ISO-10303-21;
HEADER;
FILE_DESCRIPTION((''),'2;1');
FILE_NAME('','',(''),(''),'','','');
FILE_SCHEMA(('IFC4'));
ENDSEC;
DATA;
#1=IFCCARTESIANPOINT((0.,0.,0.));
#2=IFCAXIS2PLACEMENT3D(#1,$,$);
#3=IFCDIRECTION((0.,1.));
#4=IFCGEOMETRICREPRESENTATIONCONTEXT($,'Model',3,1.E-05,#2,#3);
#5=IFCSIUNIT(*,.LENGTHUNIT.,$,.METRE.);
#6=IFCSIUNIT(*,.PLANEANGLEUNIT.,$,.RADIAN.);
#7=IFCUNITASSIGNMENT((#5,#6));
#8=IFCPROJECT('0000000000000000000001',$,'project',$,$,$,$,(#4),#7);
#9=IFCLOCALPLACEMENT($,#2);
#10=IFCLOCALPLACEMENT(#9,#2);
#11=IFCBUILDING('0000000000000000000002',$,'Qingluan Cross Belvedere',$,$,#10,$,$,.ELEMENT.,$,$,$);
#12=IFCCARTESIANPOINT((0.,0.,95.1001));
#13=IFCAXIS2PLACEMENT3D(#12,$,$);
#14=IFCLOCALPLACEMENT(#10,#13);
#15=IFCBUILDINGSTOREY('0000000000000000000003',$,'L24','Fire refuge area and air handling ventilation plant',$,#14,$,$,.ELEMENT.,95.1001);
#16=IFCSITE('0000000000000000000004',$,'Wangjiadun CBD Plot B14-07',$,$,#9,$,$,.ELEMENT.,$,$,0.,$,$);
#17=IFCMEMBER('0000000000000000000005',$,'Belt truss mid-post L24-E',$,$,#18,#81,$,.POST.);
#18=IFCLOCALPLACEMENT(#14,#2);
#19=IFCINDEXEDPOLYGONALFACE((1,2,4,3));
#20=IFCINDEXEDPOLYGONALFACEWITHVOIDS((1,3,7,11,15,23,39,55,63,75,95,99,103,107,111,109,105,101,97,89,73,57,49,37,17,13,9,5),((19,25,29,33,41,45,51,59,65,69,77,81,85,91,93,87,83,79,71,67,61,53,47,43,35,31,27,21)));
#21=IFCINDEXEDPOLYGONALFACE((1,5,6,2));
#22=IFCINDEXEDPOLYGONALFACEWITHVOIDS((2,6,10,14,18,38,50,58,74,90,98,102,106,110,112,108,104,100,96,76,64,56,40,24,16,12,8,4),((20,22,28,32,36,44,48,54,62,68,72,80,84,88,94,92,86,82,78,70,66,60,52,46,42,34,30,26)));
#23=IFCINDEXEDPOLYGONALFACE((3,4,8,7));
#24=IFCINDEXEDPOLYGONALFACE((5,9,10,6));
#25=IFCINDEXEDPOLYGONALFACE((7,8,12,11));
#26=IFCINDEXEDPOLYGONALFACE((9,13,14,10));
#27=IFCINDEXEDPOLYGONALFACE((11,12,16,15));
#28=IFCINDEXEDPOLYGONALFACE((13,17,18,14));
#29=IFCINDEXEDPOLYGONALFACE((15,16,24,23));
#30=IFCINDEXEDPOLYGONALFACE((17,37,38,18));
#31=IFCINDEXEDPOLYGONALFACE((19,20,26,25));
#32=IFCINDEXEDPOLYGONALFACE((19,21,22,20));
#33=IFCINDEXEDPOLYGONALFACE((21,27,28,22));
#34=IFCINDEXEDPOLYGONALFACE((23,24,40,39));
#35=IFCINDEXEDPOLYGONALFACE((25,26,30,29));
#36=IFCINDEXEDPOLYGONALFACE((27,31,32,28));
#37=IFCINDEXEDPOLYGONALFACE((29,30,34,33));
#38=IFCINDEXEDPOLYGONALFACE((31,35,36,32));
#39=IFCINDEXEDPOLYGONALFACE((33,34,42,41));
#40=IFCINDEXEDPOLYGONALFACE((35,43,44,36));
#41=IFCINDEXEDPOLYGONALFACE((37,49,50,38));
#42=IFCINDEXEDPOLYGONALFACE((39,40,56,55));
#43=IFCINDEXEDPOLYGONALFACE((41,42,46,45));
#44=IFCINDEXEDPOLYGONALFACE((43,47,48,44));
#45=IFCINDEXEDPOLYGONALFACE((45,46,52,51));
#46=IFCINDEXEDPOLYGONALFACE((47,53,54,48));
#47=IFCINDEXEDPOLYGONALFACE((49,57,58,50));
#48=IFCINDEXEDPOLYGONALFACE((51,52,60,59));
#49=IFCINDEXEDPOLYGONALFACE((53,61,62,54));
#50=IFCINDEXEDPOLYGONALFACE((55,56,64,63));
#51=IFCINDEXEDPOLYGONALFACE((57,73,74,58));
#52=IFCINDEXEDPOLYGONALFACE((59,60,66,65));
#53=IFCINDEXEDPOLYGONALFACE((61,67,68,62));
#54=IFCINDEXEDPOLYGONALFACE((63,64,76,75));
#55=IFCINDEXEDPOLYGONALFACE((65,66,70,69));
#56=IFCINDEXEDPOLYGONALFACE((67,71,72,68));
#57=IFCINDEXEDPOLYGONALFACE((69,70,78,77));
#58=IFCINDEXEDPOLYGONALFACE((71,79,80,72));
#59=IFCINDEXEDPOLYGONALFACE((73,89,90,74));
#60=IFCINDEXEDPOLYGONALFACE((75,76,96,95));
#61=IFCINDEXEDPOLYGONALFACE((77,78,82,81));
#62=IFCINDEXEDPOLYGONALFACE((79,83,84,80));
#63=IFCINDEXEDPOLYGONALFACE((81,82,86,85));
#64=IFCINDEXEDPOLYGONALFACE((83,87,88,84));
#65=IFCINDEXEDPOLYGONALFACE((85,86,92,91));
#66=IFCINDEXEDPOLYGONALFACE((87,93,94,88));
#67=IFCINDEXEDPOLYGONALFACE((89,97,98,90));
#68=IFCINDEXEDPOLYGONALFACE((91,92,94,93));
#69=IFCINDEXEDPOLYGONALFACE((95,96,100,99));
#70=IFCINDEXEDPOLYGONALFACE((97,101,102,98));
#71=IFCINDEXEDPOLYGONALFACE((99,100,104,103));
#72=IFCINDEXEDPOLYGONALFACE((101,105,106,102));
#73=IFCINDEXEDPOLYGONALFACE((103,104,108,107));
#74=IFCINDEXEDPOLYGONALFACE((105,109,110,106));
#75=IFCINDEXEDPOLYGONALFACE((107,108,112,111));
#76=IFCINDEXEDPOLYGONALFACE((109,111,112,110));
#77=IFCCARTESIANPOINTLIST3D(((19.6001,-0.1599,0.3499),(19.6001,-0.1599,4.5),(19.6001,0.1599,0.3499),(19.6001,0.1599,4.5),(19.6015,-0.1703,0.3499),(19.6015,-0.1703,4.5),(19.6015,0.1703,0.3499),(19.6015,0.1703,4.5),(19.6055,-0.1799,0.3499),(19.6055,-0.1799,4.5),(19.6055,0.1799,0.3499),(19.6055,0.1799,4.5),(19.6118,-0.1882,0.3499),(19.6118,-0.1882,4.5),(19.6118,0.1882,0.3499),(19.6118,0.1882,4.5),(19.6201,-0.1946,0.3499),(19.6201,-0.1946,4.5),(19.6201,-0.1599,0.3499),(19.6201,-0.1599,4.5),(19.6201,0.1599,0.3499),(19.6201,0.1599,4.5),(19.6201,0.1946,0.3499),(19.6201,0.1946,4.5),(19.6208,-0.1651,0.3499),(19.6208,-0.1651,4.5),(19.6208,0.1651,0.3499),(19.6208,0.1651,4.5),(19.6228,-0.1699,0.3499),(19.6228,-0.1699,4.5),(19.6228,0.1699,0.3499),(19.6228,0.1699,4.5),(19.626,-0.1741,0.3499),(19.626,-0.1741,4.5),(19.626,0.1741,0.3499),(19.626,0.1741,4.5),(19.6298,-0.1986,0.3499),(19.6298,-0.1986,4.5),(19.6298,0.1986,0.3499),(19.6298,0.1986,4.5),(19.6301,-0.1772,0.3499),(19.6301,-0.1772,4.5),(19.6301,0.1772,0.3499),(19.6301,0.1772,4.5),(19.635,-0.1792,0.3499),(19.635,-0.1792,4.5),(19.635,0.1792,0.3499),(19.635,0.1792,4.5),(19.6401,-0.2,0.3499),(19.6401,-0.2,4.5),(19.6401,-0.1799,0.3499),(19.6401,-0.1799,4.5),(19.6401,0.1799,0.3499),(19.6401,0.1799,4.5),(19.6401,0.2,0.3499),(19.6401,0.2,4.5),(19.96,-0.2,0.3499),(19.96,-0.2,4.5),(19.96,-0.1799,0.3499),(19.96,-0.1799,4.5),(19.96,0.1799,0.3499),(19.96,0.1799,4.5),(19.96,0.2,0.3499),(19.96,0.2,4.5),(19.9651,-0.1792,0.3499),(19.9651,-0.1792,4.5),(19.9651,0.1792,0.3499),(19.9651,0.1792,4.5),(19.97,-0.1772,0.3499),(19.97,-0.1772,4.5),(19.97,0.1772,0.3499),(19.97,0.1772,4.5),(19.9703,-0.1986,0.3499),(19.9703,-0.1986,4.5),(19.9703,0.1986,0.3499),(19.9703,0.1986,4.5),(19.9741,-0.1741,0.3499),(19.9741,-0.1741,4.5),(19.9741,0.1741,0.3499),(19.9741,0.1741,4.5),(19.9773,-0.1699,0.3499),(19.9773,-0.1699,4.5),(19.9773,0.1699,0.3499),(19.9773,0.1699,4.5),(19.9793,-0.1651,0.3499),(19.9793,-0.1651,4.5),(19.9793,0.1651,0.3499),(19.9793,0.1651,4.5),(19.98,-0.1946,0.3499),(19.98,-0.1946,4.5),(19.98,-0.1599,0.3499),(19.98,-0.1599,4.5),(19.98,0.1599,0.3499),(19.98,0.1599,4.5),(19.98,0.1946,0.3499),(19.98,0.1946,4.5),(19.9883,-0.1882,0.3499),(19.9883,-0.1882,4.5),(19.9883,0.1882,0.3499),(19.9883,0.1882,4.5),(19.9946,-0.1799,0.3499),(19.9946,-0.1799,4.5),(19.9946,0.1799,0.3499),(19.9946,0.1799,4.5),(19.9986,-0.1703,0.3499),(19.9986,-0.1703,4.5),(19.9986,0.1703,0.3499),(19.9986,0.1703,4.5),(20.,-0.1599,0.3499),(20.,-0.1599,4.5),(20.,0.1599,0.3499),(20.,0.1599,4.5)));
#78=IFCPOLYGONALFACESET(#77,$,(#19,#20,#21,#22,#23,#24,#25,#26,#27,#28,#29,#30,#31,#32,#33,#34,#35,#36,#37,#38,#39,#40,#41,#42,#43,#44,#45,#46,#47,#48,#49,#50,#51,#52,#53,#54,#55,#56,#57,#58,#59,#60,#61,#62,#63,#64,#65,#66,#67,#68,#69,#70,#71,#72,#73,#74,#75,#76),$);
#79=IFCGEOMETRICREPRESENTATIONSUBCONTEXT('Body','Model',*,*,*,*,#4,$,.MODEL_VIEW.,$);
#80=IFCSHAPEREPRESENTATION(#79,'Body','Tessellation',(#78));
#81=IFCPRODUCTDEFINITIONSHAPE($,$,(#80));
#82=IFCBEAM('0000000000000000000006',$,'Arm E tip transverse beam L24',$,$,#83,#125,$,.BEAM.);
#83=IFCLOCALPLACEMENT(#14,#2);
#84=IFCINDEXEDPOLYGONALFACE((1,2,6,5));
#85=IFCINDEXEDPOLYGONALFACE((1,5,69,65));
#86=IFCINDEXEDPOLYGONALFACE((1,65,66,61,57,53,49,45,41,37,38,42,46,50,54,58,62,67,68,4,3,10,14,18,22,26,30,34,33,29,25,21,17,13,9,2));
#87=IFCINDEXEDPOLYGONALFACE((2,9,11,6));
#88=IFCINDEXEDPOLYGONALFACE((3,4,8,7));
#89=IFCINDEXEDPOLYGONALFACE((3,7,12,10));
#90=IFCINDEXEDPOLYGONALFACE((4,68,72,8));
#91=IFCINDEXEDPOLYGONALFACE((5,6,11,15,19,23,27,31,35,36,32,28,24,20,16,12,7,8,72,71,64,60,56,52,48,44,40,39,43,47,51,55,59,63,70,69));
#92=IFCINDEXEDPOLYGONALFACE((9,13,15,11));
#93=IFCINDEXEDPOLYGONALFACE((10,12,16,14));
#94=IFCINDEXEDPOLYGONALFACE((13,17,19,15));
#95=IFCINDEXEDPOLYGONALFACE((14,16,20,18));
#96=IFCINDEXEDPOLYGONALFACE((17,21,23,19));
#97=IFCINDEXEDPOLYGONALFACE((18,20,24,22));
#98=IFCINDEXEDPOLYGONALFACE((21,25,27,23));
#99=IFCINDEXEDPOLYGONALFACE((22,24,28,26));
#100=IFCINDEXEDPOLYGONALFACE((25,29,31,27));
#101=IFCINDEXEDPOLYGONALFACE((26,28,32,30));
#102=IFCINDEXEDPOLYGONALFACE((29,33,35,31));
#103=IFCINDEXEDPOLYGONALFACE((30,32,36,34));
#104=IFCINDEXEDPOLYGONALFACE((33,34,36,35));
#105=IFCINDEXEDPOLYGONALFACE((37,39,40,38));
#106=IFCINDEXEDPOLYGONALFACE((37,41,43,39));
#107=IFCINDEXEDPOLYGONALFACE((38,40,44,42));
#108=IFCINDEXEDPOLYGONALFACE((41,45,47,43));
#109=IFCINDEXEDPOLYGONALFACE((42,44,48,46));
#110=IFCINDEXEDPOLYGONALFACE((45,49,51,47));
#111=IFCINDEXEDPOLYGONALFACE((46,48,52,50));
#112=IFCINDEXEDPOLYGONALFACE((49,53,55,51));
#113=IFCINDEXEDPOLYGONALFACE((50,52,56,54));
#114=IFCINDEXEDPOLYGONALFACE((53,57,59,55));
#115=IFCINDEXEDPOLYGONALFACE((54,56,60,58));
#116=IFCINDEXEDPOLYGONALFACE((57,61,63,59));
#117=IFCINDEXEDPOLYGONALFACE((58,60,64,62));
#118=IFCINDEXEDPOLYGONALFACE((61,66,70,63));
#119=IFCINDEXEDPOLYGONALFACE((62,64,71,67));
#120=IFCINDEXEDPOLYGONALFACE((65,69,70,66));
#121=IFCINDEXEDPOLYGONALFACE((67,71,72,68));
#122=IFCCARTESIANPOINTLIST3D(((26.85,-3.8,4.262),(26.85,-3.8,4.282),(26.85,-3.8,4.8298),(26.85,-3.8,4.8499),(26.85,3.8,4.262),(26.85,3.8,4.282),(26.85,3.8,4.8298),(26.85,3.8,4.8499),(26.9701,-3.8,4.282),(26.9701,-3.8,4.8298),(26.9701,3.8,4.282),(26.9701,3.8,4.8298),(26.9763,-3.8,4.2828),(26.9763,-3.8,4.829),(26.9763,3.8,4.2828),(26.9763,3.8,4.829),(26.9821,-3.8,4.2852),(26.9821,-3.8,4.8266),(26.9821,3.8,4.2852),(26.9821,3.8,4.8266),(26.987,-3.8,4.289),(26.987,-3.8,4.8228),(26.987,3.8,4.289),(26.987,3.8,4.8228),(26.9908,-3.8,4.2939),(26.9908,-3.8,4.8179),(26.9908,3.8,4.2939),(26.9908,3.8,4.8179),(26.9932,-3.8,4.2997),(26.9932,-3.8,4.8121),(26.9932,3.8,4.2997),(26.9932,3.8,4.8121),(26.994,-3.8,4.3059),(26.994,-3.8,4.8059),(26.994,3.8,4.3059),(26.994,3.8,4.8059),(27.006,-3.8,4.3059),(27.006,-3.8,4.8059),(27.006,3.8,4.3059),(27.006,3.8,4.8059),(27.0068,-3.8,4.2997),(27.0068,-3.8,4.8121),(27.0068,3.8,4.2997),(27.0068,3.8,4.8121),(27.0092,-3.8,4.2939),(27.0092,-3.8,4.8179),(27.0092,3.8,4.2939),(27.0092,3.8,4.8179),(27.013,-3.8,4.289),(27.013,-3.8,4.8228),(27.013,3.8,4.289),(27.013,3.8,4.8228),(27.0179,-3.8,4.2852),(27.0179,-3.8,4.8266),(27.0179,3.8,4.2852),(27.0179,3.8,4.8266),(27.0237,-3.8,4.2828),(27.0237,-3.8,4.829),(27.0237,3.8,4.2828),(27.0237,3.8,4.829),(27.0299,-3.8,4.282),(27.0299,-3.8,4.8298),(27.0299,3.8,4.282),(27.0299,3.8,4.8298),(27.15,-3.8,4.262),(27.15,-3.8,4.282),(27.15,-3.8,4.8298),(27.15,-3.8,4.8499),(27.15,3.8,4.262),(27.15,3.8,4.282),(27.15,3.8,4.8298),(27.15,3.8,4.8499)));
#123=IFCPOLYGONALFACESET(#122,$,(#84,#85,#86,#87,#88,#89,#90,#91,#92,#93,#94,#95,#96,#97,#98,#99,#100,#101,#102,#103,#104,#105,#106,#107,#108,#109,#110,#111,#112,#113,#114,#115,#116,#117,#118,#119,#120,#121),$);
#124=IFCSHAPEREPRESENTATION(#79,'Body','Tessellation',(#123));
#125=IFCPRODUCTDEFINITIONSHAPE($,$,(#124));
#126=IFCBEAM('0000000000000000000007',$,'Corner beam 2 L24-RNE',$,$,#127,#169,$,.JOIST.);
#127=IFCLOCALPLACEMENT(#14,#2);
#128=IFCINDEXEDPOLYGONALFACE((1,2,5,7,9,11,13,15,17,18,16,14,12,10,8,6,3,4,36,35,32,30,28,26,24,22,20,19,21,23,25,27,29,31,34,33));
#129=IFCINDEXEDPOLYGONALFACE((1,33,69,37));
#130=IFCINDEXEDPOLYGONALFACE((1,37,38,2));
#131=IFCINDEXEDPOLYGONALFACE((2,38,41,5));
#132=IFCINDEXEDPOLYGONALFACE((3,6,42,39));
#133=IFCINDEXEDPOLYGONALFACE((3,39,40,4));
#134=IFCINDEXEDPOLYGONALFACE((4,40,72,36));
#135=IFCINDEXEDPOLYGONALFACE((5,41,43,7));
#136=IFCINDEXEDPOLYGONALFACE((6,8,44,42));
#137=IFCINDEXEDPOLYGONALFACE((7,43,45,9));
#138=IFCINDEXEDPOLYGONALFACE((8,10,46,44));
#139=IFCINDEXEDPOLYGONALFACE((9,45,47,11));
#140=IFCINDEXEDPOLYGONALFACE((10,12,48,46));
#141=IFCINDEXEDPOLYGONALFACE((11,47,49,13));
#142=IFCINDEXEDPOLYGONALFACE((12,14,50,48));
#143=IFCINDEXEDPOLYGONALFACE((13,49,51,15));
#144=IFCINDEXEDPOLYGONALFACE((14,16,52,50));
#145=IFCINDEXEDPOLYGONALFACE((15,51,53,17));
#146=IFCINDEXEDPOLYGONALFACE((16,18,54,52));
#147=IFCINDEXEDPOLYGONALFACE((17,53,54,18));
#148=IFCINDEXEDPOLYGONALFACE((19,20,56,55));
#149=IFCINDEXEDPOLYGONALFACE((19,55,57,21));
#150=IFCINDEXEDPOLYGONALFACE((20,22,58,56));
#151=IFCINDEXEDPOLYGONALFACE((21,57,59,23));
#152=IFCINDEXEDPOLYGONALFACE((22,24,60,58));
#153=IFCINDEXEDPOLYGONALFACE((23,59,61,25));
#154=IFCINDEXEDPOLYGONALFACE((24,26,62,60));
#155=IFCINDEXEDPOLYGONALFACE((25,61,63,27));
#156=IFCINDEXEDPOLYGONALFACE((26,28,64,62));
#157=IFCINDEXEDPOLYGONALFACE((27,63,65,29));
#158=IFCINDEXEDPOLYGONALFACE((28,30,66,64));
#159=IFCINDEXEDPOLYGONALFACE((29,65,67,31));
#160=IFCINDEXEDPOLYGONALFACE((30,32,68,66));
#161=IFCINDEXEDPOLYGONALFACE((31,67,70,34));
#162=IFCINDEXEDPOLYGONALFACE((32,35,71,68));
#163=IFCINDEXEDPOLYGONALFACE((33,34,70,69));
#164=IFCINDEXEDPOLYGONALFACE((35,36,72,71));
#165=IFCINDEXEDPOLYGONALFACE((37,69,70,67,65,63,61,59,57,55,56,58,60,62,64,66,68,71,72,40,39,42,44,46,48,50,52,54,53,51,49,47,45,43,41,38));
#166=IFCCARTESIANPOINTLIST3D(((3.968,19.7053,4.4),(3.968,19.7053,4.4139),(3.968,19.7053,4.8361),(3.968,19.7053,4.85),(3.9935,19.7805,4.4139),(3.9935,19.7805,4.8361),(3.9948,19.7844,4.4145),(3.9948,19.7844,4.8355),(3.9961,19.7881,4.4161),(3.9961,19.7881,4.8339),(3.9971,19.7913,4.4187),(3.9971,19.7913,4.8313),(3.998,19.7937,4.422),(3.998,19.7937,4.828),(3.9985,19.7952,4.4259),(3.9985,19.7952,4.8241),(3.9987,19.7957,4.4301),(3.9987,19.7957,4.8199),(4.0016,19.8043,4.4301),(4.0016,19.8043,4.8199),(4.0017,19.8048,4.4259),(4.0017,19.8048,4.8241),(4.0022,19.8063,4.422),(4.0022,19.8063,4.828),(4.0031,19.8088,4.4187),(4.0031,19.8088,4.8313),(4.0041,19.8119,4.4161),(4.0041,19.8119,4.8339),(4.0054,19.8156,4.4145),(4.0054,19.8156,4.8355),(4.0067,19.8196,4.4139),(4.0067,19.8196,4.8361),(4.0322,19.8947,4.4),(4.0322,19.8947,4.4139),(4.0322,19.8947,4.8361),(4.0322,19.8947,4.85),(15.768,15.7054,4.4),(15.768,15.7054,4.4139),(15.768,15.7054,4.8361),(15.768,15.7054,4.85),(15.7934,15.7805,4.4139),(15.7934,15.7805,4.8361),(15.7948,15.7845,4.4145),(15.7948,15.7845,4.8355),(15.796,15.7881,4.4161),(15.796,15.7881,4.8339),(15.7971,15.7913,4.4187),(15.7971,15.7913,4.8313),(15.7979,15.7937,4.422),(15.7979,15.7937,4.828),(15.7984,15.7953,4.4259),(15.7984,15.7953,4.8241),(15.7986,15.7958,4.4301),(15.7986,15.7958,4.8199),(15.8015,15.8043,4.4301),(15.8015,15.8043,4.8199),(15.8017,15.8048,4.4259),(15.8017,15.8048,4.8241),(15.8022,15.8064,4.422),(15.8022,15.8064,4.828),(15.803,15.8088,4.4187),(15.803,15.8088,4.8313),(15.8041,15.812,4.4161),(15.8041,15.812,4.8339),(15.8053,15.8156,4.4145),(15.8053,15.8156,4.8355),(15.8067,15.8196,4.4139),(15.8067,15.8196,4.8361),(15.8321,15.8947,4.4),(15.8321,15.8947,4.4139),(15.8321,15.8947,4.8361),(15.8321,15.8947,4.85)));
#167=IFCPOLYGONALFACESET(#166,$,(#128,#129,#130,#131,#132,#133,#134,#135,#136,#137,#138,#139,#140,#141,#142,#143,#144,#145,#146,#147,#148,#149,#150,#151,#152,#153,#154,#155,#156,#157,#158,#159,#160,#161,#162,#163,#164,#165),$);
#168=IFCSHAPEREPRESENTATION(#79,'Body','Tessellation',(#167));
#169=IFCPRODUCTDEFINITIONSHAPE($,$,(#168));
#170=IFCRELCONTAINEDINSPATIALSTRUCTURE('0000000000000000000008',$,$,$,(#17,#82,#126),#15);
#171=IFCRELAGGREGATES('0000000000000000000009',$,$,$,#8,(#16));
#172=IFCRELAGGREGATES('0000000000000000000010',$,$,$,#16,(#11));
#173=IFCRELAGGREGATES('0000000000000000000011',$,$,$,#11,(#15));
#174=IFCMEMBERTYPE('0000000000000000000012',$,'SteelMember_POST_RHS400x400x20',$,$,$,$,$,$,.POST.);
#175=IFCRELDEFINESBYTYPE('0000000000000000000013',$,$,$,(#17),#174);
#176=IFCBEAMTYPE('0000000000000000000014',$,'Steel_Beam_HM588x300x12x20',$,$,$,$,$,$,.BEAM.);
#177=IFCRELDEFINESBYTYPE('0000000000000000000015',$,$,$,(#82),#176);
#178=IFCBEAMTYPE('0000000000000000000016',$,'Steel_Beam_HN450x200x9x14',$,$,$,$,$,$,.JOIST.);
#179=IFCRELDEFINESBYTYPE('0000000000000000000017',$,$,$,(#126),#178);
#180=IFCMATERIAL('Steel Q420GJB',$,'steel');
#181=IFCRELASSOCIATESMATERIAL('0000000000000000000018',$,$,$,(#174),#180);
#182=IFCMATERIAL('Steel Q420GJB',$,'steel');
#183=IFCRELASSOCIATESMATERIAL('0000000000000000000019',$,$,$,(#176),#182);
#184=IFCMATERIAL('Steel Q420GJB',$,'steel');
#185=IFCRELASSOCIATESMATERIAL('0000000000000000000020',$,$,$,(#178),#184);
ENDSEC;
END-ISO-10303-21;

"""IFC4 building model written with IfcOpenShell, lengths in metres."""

from ifc_helpers import new_model, si_unit, direction, frame, origin, origin_2d, place, context, subcontext, project, spatial, hollow_rectangle, i_section, extrude, material, material_profile, profile_set, type_object, element, save


model = new_model("IFC4")

# Units and contexts
model_context = context("Model", 3, precision=1e-05, world=origin(), true_north=direction((0.0, 1.0)))
body_context = subcontext(model_context, "Body", "Model", "MODEL_VIEW")
ifc_project = project(units=[si_unit("LENGTHUNIT", "METRE"), si_unit("PLANEANGLEUNIT", "RADIAN")], contexts=[model_context])

# Site, building, storey
site_placement = place(None, origin())
site = spatial("IfcSite", under=ifc_project, at=site_placement, Name="Wangjiadun CBD Plot B14-07", CompositionType="ELEMENT", RefElevation=0.0)
building_placement = place(site_placement, origin())
building = spatial("IfcBuilding", under=site, at=building_placement, Name="Qingluan Cross Belvedere", CompositionType="ELEMENT")
storey_placement = place(building_placement, frame((0.0, 0.0, 95.1001)))
storey = spatial("IfcBuildingStorey", under=building, at=storey_placement, Name="L24", Description="Fire refuge area and air handling ventilation plant", CompositionType="ELEMENT", Elevation=95.1001)

# Member
ifc_material_1 = material(Name="Steel Q420GJB", Category="steel")
ifc_material_profile_1 = material_profile(ifc_material_1, hollow_rectangle(XDim=0.3999, YDim=0.3999, WallThickness=0.02, InnerFilletRadius=0.02, OuterFilletRadius=0.04, at=origin_2d()), Name="RHS400x400x20")
ifc_profile_set_1 = profile_set([ifc_material_profile_1], Name="Steel Q420GJB")
member_type_1 = type_object("IfcMemberType", Name="SteelMember_POST_RHS400x400x20", PredefinedType="POST", material=ifc_profile_set_1)
member_1_placement = place(storey_placement, frame((19.8, 0.0, 0.3499), z_axis=(0.0, 0.0, 1.0), x_axis=(1.0, 0.0, 0.0)))
element("IfcMember", 1, at=member_1_placement, inside=storey, type_object=member_type_1, Name="Belt truss mid-post L24-E", PredefinedType="POST", context=body_context, shape_type="SweptSolid", body=[
    extrude(hollow_rectangle(XDim=0.3999, YDim=0.3999, WallThickness=0.02, InnerFilletRadius=0.02, OuterFilletRadius=0.04, at=origin_2d()), origin(), (0.0, 0.0, 1.0), 4.1501),
])

# Beams
ifc_material_2 = material(Name="Steel Q420GJB", Category="steel")
ifc_material_profile_2 = material_profile(ifc_material_2, i_section(OverallWidth=0.3, OverallDepth=0.5879, WebThickness=0.012, FlangeThickness=0.02, FilletRadius=0.0239, at=origin_2d()), Name="HM588x300x12x20")
ifc_profile_set_2 = profile_set([ifc_material_profile_2], Name="Steel Q420GJB")
beam_type_1 = type_object("IfcBeamType", Name="Steel_Beam_HM588x300x12x20", PredefinedType="BEAM", material=ifc_profile_set_2)
beam_1_placement = place(storey_placement, frame((27.0, -3.8, 4.5559), z_axis=(0.0, 1.0, 0.0), x_axis=(-1.0, 0.0, 0.0)))
element("IfcBeam", 2, at=beam_1_placement, inside=storey, type_object=beam_type_1, Name="Arm E tip transverse beam L24", PredefinedType="BEAM", context=body_context, shape_type="SweptSolid", body=[
    extrude(i_section(OverallWidth=0.3, OverallDepth=0.5879, WebThickness=0.012, FlangeThickness=0.02, FilletRadius=0.0239, at=origin_2d()), origin(), (0.0, 0.0, 1.0), 7.6001),
])
ifc_material_3 = material(Name="Steel Q420GJB", Category="steel")
ifc_material_profile_3 = material_profile(ifc_material_3, i_section(OverallWidth=0.2, OverallDepth=0.45, WebThickness=0.009, FlangeThickness=0.0139, FilletRadius=0.0161, at=origin_2d()), Name="HN450x200x9x14")
ifc_profile_set_3 = profile_set([ifc_material_profile_3], Name="Steel Q420GJB")
beam_type_2 = type_object("IfcBeamType", Name="Steel_Beam_HN450x200x9x14", PredefinedType="JOIST", material=ifc_profile_set_3)
for number, where, z_axis, x_axis, name in (
    (3, (15.8, 15.8, 4.625), (-0.947066, 0.321038, 0.0), (-0.321038, -0.947066, 0.0), "Corner beam 2 L24-RNE"),
):
    element("IfcBeam", number, at=place(storey_placement, frame(where, z_axis=z_axis, x_axis=x_axis)), inside=storey, type_object=beam_type_2, Name=name, PredefinedType="JOIST", context=body_context, shape_type="SweptSolid", body=[
        extrude(i_section(OverallWidth=0.2, OverallDepth=0.45, WebThickness=0.009, FlangeThickness=0.0139, FilletRadius=0.0161, at=origin_2d()), origin(), (0.0, 0.0, 1.0), 12.4595),
    ])

save(model, "model.ifc")
